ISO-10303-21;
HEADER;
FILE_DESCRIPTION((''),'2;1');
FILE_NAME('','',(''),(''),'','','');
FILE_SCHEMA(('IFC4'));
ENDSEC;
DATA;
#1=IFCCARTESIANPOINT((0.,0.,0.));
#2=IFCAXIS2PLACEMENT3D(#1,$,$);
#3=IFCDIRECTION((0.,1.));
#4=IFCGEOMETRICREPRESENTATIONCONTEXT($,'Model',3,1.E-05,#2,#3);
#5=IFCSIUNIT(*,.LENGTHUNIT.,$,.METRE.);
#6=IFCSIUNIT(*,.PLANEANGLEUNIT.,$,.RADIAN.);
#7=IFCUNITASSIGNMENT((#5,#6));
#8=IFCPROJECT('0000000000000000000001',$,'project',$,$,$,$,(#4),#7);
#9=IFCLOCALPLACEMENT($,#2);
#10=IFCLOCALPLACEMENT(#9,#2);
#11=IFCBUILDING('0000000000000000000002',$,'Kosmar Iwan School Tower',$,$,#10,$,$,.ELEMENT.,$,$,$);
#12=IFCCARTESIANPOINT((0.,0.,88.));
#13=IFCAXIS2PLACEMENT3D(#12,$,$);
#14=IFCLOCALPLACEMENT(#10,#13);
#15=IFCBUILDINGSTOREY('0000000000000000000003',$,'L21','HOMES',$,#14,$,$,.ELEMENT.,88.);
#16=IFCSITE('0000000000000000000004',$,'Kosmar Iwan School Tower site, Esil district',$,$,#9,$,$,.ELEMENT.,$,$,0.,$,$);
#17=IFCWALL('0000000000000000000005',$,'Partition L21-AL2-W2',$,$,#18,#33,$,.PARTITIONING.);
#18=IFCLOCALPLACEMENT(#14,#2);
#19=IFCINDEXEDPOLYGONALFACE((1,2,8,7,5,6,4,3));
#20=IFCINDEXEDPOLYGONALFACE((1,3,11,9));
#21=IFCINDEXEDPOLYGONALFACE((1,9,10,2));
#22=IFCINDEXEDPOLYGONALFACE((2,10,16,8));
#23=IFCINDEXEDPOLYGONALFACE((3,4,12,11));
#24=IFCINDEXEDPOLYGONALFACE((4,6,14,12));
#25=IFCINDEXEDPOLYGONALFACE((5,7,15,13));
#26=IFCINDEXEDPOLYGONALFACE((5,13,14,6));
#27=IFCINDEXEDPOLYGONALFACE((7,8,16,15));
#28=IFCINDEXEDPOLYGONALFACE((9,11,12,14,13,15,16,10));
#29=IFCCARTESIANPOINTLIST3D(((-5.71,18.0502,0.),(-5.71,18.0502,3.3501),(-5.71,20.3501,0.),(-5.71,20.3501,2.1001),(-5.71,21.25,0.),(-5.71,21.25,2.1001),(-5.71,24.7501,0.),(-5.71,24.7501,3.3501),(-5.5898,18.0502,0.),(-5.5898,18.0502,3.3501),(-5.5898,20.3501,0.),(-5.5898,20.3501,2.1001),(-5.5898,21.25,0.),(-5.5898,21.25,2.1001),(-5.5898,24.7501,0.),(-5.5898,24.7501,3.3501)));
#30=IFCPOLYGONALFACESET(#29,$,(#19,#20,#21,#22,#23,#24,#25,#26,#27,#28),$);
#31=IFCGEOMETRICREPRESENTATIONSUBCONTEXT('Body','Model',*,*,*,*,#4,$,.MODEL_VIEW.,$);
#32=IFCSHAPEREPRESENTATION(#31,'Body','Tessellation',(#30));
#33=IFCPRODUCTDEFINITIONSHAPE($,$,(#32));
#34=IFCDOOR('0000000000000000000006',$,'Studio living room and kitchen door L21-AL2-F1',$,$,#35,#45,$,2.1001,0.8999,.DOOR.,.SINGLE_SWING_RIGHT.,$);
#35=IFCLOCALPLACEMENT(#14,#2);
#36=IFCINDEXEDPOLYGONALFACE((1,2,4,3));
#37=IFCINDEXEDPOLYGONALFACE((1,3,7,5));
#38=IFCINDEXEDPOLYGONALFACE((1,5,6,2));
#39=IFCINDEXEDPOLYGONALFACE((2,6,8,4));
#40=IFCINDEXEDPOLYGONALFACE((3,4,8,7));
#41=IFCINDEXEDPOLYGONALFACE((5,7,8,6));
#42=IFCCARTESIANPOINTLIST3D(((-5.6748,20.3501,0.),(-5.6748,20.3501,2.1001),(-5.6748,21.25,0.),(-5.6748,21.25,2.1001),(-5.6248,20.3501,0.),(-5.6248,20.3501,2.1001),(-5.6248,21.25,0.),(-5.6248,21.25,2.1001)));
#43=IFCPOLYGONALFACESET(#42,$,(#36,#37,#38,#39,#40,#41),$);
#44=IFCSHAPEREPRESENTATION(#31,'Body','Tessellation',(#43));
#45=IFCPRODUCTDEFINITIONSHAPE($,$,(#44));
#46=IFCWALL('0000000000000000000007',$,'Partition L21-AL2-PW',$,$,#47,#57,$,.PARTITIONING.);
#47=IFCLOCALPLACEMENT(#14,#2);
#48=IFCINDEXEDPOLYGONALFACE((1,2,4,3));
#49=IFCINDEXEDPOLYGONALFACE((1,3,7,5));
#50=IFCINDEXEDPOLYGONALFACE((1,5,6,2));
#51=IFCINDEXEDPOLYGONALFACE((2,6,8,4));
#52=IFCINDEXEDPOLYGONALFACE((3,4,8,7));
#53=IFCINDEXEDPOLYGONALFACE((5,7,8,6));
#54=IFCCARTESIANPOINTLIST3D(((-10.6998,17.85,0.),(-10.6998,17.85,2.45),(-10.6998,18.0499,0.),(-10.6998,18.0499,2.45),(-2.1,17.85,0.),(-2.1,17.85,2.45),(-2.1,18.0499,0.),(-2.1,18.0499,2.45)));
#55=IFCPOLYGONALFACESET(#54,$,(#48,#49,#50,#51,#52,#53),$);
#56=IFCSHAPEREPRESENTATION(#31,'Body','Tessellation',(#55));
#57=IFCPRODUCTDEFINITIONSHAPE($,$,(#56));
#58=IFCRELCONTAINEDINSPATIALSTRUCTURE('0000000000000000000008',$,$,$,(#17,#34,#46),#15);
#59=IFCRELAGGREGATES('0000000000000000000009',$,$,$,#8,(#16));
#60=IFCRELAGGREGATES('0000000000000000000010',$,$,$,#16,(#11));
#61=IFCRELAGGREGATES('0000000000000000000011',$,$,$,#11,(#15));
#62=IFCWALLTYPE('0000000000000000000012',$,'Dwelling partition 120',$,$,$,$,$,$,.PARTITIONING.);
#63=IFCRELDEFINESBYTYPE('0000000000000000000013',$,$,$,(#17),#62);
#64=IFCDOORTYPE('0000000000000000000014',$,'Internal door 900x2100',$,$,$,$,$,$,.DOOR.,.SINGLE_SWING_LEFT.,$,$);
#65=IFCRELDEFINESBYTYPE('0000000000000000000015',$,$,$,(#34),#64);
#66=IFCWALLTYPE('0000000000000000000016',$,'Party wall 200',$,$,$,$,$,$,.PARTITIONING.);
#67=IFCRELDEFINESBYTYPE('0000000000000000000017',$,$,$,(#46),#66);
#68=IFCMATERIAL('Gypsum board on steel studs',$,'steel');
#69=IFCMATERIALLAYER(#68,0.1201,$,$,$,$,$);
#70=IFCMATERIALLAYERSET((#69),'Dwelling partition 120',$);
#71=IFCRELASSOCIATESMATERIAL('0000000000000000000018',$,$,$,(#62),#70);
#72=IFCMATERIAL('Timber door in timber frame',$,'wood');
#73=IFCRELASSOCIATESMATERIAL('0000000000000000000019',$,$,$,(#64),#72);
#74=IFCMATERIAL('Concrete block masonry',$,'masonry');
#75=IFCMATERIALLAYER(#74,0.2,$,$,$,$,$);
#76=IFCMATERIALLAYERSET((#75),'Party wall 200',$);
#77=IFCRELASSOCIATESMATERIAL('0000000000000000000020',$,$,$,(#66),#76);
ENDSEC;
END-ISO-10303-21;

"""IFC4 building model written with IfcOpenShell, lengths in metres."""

from ifc_helpers import new_model, si_unit, direction, frame, frame_2d, origin, place, context, subcontext, project, spatial, rectangle, extrude, material, layer, layer_set, type_object, element, fill, save


model = new_model("IFC4")

# Units and contexts
model_context = context("Model", 3, precision=1e-05, world=origin(), true_north=direction((0.0, 1.0)))
body_context = subcontext(model_context, "Body", "Model", "MODEL_VIEW")
ifc_project = project(units=[si_unit("LENGTHUNIT", "METRE"), si_unit("PLANEANGLEUNIT", "RADIAN")], contexts=[model_context])

# Site, building, storey
site_placement = place(None, origin())
site = spatial("IfcSite", under=ifc_project, at=site_placement, Name="Kosmar Iwan School Tower site, Esil district", CompositionType="ELEMENT", RefElevation=0.0)
building_placement = place(site_placement, origin())
building = spatial("IfcBuilding", under=site, at=building_placement, Name="Kosmar Iwan School Tower", CompositionType="ELEMENT")
storey_placement = place(building_placement, frame((0.0, 0.0, 88.0)))
storey = spatial("IfcBuildingStorey", under=building, at=storey_placement, Name="L21", Description="HOMES", CompositionType="ELEMENT", Elevation=88.0)

# Shared definitions
ifc_material_1 = material(Name="Gypsum board on steel studs", Category="steel")
ifc_layer_1 = layer(ifc_material_1, 0.1201)
ifc_layer_set_1 = layer_set([ifc_layer_1], Name="Dwelling partition 120")
wall_type_1 = type_object("IfcWallType", Name="Dwelling partition 120", PredefinedType="PARTITIONING", material=ifc_layer_set_1)

# Wall, opening, door
wall_1_placement = place(storey_placement, frame((-5.6499, 18.05, 0.0), z_axis=(0.0, 0.0, 1.0), x_axis=(0.0, 1.0, 0.0)))
wall_1 = element("IfcWall", 1, at=wall_1_placement, inside=storey, type_object=wall_type_1, Name="Partition L21-AL2-W2", PredefinedType="PARTITIONING", context=body_context, shape_type="SweptSolid", body=[
    extrude(rectangle(XDim=6.7, YDim=0.1201, at=frame_2d((3.3501, 0.0))), origin(), (0.0, 0.0, 1.0), 3.3501),
])
opening_1_placement = place(wall_1_placement, frame((2.3, 0.0, 0.0)))
opening_1 = element("IfcOpeningElement", 2, at=opening_1_placement, cuts=wall_1, PredefinedType="OPENING", context=body_context, shape_type="SweptSolid", body=[
    extrude(rectangle(XDim=0.8999, YDim=2.1001, at=frame_2d((0.45, 1.05))), frame((0.0, 0.072, 0.0), z_axis=(0.0, -1.0, 0.0), x_axis=(1.0, 0.0, 0.0)), (0.0, 0.0, 1.0), 0.144),
])
ifc_material_2 = material(Name="Timber door in timber frame", Category="wood")
door_type_1 = type_object("IfcDoorType", Name="Internal door 900x2100", OperationType="SINGLE_SWING_LEFT", PredefinedType="DOOR", material=ifc_material_2)
door_1_placement = place(opening_1_placement, origin())
door_1 = element("IfcDoor", 3, at=door_1_placement, inside=storey, type_object=door_type_1, Name="Studio living room and kitchen door L21-AL2-F1", OperationType="SINGLE_SWING_RIGHT", OverallHeight=2.1001, OverallWidth=0.8999, PredefinedType="DOOR", context=body_context, shape_type="SweptSolid", body=[
    extrude(rectangle(XDim=0.8999, YDim=2.1001, at=frame_2d((0.45, 1.05))), frame((0.0, 0.0249, 0.0), z_axis=(0.0, -1.0, 0.0), x_axis=(1.0, 0.0, 0.0)), (0.0, 0.0, 1.0), 0.05),
])
fill(opening_1, door_1)

# Wall
ifc_material_3 = material(Name="Concrete block masonry", Category="masonry")
ifc_layer_2 = layer(ifc_material_3, 0.2)
ifc_layer_set_2 = layer_set([ifc_layer_2], Name="Party wall 200")
wall_type_2 = type_object("IfcWallType", Name="Party wall 200", PredefinedType="PARTITIONING", material=ifc_layer_set_2)
wall_2_placement = place(storey_placement, frame((-2.1001, 17.95, 0.0), z_axis=(0.0, 0.0, 1.0), x_axis=(-1.0, 0.0, 0.0)))
element("IfcWall", 4, at=wall_2_placement, inside=storey, type_object=wall_type_2, Name="Partition L21-AL2-PW", PredefinedType="PARTITIONING", context=body_context, shape_type="SweptSolid", body=[
    extrude(rectangle(XDim=8.5999, YDim=0.2, at=frame_2d((4.2998, 0.0))), origin(), (0.0, 0.0, 1.0), 2.45),
])

save(model, "model.ifc")
